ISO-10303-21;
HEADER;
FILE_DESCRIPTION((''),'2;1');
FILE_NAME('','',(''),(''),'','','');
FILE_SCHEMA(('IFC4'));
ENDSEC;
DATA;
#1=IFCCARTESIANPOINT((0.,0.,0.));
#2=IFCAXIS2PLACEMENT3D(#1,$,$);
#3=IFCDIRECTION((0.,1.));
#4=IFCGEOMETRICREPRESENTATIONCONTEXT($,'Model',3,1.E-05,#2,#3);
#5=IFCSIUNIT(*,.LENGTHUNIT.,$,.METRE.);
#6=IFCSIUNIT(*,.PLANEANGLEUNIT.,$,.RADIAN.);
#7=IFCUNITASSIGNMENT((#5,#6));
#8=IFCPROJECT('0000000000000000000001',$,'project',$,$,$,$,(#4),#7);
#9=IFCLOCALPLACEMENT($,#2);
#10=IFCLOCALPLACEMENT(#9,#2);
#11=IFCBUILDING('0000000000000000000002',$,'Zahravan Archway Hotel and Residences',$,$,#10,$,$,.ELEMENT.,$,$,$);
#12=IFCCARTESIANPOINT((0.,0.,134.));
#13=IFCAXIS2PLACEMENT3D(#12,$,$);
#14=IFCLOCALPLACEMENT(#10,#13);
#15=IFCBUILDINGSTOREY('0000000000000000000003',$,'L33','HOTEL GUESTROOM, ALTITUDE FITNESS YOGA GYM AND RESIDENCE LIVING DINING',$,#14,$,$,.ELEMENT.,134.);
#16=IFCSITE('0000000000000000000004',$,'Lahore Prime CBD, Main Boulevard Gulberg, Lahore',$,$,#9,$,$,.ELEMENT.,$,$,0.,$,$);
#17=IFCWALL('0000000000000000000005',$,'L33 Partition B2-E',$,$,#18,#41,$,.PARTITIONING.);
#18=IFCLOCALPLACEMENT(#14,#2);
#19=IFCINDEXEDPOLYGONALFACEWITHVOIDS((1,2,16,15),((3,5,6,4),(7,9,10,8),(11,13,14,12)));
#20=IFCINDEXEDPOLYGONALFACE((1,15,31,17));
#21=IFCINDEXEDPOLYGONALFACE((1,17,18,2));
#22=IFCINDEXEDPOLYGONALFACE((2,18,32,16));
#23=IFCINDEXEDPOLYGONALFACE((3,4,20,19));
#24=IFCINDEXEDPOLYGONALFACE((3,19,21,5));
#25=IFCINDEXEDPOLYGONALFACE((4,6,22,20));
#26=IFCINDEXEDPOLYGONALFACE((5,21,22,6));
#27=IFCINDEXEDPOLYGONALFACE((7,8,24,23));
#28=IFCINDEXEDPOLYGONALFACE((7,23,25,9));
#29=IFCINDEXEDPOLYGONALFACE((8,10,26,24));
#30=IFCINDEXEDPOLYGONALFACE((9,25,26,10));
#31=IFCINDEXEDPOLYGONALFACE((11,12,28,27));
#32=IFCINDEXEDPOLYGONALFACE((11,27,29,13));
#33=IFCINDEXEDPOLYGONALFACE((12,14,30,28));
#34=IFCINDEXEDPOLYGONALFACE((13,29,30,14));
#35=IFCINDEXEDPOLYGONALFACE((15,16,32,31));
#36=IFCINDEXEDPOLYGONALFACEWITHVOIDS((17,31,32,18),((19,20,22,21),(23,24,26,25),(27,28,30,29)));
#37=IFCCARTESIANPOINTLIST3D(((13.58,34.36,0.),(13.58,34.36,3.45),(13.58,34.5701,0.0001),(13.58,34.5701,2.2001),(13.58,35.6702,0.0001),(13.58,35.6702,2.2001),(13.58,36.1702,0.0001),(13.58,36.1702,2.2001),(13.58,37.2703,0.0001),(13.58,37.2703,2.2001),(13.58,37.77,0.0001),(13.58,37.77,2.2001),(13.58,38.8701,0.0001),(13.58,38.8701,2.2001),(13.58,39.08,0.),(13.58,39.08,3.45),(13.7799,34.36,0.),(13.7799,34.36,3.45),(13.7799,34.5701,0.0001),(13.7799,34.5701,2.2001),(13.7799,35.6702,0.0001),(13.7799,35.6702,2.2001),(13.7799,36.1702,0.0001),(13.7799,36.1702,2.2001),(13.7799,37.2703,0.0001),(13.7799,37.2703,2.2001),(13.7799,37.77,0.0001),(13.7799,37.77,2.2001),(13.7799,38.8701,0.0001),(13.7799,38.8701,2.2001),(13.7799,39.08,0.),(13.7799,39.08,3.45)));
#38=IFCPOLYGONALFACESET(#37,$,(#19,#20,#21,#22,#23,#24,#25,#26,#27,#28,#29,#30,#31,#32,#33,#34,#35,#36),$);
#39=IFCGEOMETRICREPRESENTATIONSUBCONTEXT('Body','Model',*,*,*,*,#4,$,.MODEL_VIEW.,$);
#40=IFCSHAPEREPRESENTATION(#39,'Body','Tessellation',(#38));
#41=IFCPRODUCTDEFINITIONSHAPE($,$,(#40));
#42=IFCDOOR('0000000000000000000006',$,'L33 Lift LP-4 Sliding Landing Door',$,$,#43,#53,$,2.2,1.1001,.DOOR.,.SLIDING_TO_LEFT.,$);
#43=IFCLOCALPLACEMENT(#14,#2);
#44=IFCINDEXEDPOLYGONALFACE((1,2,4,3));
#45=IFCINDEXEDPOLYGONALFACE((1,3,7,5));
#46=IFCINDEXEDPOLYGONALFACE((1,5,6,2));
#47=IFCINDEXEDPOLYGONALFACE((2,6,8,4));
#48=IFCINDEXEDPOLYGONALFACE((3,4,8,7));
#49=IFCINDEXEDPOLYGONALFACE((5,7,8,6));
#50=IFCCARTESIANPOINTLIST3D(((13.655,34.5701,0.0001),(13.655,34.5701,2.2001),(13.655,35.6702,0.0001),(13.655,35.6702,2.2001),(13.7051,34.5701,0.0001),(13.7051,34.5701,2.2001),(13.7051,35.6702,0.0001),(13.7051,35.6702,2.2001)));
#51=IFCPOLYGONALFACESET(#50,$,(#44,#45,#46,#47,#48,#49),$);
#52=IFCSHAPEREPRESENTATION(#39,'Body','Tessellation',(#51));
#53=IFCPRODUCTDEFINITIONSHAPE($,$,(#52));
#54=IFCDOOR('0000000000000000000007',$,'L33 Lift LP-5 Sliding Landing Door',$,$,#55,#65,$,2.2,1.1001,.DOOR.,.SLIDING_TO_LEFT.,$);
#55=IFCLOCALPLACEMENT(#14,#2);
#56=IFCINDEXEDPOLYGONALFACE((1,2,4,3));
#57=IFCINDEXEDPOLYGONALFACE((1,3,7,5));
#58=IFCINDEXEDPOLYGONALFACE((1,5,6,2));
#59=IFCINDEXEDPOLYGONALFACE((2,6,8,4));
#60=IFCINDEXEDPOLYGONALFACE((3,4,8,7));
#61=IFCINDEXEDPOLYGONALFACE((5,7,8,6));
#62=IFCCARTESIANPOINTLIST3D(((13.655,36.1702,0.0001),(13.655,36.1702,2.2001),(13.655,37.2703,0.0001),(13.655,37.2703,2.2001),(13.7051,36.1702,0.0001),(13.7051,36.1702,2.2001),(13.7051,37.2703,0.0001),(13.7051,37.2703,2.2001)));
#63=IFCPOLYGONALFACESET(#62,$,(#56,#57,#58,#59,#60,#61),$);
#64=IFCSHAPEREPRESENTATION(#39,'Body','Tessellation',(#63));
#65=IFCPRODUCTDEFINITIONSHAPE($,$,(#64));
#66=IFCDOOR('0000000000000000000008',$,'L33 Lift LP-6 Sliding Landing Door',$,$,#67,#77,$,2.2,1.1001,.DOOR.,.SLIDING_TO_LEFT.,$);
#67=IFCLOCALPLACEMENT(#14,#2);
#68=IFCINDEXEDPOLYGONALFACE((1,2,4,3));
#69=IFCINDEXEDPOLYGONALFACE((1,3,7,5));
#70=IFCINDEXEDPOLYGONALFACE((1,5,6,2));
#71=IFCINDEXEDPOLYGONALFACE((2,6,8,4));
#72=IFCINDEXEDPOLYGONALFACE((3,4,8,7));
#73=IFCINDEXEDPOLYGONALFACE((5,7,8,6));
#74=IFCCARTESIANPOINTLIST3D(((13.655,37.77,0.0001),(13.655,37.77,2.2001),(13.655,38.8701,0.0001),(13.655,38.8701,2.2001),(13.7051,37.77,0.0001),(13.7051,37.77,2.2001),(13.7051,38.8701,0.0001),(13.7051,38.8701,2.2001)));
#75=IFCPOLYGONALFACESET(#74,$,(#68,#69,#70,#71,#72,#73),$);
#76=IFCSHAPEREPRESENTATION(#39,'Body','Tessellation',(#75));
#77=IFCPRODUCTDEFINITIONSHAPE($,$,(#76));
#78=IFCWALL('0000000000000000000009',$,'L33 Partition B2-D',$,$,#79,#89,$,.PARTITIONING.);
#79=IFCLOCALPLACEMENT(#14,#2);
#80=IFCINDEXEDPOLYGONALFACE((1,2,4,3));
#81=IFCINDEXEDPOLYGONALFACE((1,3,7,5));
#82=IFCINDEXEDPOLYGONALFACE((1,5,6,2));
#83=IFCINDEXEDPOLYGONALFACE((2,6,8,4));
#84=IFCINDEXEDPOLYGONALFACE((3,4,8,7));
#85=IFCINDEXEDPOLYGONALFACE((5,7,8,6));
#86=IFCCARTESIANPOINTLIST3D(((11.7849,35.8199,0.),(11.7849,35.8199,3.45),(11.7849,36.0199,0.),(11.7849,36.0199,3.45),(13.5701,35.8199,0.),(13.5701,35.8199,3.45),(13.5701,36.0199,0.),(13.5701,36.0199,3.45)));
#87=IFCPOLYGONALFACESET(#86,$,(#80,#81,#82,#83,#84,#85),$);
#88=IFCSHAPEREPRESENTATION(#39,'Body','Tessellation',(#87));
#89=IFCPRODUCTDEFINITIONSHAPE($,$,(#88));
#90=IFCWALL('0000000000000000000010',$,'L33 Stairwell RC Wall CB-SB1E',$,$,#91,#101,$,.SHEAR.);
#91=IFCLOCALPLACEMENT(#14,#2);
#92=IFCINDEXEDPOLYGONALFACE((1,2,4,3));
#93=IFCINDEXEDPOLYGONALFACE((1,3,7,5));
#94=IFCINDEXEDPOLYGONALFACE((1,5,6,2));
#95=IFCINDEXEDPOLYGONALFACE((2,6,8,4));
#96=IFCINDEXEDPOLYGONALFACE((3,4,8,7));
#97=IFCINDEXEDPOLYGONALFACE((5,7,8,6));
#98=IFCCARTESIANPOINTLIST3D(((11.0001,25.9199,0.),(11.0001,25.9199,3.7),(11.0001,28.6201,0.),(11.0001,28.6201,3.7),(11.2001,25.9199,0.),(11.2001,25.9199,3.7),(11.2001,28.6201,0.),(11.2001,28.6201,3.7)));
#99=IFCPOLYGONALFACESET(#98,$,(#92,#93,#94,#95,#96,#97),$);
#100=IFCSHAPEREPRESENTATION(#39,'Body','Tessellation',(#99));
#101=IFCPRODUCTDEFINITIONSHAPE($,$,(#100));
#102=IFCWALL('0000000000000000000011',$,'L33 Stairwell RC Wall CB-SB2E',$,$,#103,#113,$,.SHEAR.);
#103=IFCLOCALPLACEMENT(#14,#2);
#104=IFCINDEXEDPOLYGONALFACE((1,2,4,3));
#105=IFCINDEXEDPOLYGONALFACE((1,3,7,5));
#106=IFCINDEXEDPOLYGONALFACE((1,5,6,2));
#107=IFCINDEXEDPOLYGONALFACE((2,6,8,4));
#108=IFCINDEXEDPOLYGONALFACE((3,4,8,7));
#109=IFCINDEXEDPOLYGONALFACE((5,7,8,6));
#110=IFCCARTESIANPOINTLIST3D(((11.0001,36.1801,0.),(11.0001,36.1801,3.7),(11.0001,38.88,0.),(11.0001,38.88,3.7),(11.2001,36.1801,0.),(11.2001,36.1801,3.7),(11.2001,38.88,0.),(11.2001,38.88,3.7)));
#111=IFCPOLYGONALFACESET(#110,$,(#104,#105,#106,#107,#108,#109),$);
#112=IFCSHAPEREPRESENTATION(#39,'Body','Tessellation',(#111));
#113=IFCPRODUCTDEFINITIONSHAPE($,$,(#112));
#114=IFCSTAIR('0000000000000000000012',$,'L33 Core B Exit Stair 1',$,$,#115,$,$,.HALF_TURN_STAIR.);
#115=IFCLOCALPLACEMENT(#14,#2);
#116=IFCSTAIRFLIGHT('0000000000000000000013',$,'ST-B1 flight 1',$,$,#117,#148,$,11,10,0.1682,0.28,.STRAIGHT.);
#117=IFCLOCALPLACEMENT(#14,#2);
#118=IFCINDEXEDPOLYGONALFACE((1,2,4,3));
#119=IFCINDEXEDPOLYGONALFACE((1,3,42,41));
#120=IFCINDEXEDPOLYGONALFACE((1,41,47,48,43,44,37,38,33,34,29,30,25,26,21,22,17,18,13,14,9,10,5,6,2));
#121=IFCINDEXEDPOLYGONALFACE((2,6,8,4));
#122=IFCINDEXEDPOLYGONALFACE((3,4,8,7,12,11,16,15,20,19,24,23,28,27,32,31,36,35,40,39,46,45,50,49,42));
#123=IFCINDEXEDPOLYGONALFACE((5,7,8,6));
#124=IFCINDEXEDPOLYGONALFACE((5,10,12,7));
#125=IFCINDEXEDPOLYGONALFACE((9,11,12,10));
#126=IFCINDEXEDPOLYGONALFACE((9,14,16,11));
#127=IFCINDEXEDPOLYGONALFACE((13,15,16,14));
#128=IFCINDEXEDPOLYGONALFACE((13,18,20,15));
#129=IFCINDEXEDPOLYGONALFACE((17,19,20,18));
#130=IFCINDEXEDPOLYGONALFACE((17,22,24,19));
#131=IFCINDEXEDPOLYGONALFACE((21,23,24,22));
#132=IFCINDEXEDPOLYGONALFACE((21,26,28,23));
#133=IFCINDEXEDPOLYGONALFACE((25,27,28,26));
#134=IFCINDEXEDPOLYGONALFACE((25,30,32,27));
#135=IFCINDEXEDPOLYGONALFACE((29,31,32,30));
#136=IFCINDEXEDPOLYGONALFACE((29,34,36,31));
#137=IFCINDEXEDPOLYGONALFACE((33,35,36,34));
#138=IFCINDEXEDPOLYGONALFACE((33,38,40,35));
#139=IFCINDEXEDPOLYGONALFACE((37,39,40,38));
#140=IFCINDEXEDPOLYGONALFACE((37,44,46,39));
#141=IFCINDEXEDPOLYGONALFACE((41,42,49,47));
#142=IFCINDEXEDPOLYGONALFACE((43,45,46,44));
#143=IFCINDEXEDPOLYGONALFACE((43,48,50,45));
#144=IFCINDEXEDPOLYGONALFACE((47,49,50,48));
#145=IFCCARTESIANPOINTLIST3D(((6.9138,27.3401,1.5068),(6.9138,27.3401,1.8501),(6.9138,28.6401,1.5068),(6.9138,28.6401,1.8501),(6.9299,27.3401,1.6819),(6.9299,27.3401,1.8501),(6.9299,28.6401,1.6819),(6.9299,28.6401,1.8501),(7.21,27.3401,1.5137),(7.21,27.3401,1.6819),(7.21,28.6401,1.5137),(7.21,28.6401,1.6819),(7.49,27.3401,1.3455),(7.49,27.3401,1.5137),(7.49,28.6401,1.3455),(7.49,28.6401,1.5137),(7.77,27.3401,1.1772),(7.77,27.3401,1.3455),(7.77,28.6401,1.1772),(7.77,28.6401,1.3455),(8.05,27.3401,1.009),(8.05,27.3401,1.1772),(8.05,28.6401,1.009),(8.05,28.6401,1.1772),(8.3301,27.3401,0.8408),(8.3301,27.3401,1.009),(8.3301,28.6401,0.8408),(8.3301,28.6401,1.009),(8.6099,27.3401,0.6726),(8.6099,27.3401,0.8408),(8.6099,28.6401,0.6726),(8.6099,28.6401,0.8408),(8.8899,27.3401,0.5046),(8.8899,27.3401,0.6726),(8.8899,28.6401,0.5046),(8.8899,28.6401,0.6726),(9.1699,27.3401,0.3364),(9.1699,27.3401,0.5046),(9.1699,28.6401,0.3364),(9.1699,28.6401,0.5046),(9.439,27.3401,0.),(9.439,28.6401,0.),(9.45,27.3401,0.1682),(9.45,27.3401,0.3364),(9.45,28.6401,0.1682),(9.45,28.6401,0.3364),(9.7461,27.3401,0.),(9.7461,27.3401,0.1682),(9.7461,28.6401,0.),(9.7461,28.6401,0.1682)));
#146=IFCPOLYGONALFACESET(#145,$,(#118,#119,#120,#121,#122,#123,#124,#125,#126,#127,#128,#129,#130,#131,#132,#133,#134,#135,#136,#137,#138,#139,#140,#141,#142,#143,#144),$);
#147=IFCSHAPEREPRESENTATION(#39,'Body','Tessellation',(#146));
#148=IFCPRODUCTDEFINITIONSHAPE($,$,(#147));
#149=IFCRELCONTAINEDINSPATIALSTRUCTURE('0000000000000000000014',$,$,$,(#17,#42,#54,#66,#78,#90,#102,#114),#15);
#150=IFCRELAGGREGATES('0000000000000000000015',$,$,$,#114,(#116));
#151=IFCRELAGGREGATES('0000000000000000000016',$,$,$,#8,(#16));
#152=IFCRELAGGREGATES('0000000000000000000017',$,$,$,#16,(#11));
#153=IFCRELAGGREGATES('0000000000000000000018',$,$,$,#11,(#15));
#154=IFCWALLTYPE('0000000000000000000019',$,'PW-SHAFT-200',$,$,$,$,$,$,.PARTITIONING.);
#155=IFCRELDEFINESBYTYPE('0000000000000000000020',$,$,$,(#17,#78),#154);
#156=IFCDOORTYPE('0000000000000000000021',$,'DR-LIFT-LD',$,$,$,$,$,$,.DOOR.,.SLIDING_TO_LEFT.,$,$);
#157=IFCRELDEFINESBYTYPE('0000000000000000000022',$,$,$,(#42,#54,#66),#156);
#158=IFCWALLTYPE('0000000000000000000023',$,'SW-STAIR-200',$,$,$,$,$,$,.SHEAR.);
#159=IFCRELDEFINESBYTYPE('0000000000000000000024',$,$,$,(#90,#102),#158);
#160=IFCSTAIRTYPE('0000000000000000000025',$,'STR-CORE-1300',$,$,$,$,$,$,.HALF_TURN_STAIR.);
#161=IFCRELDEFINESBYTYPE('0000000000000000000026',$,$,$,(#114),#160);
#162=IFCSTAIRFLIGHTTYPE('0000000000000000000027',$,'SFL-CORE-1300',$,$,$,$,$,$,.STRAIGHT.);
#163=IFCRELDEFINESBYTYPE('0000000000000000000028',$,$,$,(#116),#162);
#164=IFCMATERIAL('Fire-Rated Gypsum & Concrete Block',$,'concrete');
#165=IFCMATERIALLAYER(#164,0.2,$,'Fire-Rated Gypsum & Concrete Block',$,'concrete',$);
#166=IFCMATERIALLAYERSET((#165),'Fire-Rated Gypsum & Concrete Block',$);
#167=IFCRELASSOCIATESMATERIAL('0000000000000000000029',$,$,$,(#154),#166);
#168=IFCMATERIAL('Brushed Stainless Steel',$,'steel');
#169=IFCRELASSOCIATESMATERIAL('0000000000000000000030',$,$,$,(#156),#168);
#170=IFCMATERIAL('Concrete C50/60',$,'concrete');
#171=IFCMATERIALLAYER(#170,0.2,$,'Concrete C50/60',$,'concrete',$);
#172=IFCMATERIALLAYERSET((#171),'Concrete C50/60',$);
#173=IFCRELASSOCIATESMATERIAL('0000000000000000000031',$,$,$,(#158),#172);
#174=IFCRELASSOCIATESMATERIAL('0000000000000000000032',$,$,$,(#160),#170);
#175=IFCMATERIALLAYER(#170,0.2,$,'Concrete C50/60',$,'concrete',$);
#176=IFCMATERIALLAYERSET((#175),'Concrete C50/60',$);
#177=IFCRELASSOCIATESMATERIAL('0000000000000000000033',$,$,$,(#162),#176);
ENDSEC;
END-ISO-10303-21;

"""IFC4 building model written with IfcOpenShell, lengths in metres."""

from ifc_helpers import new_model, si_unit, direction, frame, frame_2d, origin, place, context, subcontext, project, spatial, polyline, rectangle, outline, extrude, source, transform, mapped, material, layer, layer_set, type_object, type_shapes, element, fill, aggregate, save


model = new_model("IFC4")

# Units and contexts
model_context = context("Model", 3, precision=1e-05, world=origin(), true_north=direction((0.0, 1.0)))
body_context = subcontext(model_context, "Body", "Model", "MODEL_VIEW")
ifc_project = project(units=[si_unit("LENGTHUNIT", "METRE"), si_unit("PLANEANGLEUNIT", "RADIAN")], contexts=[model_context])

# Site, building, storey
site_placement = place(None, origin())
site = spatial("IfcSite", under=ifc_project, at=site_placement, Name="Lahore Prime CBD, Main Boulevard Gulberg, Lahore", CompositionType="ELEMENT", RefElevation=0.0)
building_placement = place(site_placement, origin())
building = spatial("IfcBuilding", under=site, at=building_placement, Name="Zahravan Archway Hotel and Residences", CompositionType="ELEMENT")
storey_placement = place(building_placement, frame((0.0, 0.0, 134.0)))
storey = spatial("IfcBuildingStorey", under=building, at=storey_placement, Name="L33", Description="HOTEL GUESTROOM, ALTITUDE FITNESS YOGA GYM AND RESIDENCE LIVING DINING", CompositionType="ELEMENT", Elevation=134.0)

# Shared definitions
ifc_material_1 = material(Name="Fire-Rated Gypsum & Concrete Block", Category="concrete")
ifc_layer_1 = layer(ifc_material_1, 0.2, Name="Fire-Rated Gypsum & Concrete Block", Category="concrete")
ifc_layer_set_1 = layer_set([ifc_layer_1], Name="Fire-Rated Gypsum & Concrete Block")
wall_type_1 = type_object("IfcWallType", Name="PW-SHAFT-200", PredefinedType="PARTITIONING", material=ifc_layer_set_1)

# Wall, openings, doors
wall_1_placement = place(storey_placement, frame((13.6799, 34.3601, 0.0), z_axis=(0.0, 0.0, 1.0), x_axis=(0.0, 1.0, 0.0)))
wall_1 = element("IfcWall", 1, at=wall_1_placement, inside=storey, type_object=wall_type_1, Name="L33 Partition B2-E", PredefinedType="PARTITIONING", context=body_context, shape_type="SweptSolid", body=[
    extrude(rectangle(XDim=4.72, YDim=0.2, at=frame_2d((2.3599, 0.0))), origin(), (0.0, 0.0, 1.0), 3.45),
])
opening_1_placement = place(wall_1_placement, frame((0.21, 0.0, 0.0)))
opening_1 = element("IfcOpeningElement", 2, at=opening_1_placement, cuts=wall_1, PredefinedType="OPENING", context=body_context, shape_type="SweptSolid", body=[
    extrude(rectangle(XDim=1.1001, YDim=2.2, at=frame_2d((0.55, 1.1001))), frame((0.0, 0.1099, 0.0), z_axis=(0.0, -1.0, 0.0), x_axis=(1.0, 0.0, 0.0)), (0.0, 0.0, 1.0), 0.22),
])
opening_2_placement = place(wall_1_placement, frame((1.8101, 0.0, 0.0)))
opening_2 = element("IfcOpeningElement", 3, at=opening_2_placement, cuts=wall_1, PredefinedType="OPENING", context=body_context, shape_type="SweptSolid", body=[
    extrude(rectangle(XDim=1.1001, YDim=2.2, at=frame_2d((0.55, 1.1001))), frame((0.0, 0.1099, 0.0), z_axis=(0.0, -1.0, 0.0), x_axis=(1.0, 0.0, 0.0)), (0.0, 0.0, 1.0), 0.22),
])
opening_3_placement = place(wall_1_placement, frame((3.4099, 0.0, 0.0)))
opening_3 = element("IfcOpeningElement", 4, at=opening_3_placement, cuts=wall_1, PredefinedType="OPENING", context=body_context, shape_type="SweptSolid", body=[
    extrude(rectangle(XDim=1.1001, YDim=2.2, at=frame_2d((0.55, 1.1001))), frame((0.0, 0.1099, 0.0), z_axis=(0.0, -1.0, 0.0), x_axis=(1.0, 0.0, 0.0)), (0.0, 0.0, 1.0), 0.22),
])
ifc_material_2 = material(Name="Brushed Stainless Steel", Category="steel")
door_type_1 = type_object("IfcDoorType", Name="DR-LIFT-LD", OperationType="SLIDING_TO_LEFT", PredefinedType="DOOR", material=ifc_material_2)
shared_shape_1 = source(origin(), body_context, "Body", "SweptSolid", [
    extrude(rectangle(XDim=1.1001, YDim=2.2, at=frame_2d((0.55, 1.1001))), frame((0.0, 0.0249, 0.0), z_axis=(0.0, -1.0, 0.0), x_axis=(1.0, 0.0, 0.0)), (0.0, 0.0, 1.0), 0.05),
])
type_shapes(door_type_1, [shared_shape_1])
door_1_placement = place(opening_1_placement, origin())
door_1 = element("IfcDoor", 5, at=door_1_placement, inside=storey, type_object=door_type_1, Name="L33 Lift LP-4 Sliding Landing Door", OperationType="SLIDING_TO_LEFT", OverallHeight=2.2, OverallWidth=1.1001, PredefinedType="DOOR", context=body_context, shape_type="MappedRepresentation", body=[
    mapped(shared_shape_1, transform((0.0, 0.0, 0.0), scale=1.0)),
])
fill(opening_1, door_1)
door_2_placement = place(opening_2_placement, origin())
door_2 = element("IfcDoor", 6, at=door_2_placement, inside=storey, type_object=door_type_1, Name="L33 Lift LP-5 Sliding Landing Door", OperationType="SLIDING_TO_LEFT", OverallHeight=2.2, OverallWidth=1.1001, PredefinedType="DOOR", context=body_context, shape_type="MappedRepresentation", body=[
    mapped(shared_shape_1, transform((0.0, 0.0, 0.0), scale=1.0)),
])
fill(opening_2, door_2)
door_3_placement = place(opening_3_placement, origin())
door_3 = element("IfcDoor", 7, at=door_3_placement, inside=storey, type_object=door_type_1, Name="L33 Lift LP-6 Sliding Landing Door", OperationType="SLIDING_TO_LEFT", OverallHeight=2.2, OverallWidth=1.1001, PredefinedType="DOOR", context=body_context, shape_type="MappedRepresentation", body=[
    mapped(shared_shape_1, transform((0.0, 0.0, 0.0), scale=1.0)),
])
fill(opening_3, door_3)

# Wall
wall_2_placement = place(storey_placement, frame((11.7849, 35.9199, 0.0), z_axis=(0.0, 0.0, 1.0), x_axis=(1.0, 0.0, 0.0)))
element("IfcWall", 8, at=wall_2_placement, inside=storey, type_object=wall_type_1, Name="L33 Partition B2-D", PredefinedType="PARTITIONING", context=body_context, shape_type="SweptSolid", body=[
    extrude(rectangle(XDim=1.7852, YDim=0.2, at=frame_2d((0.8926, 0.0))), origin(), (0.0, 0.0, 1.0), 3.45),
])

# Walls
ifc_material_3 = material(Name="Concrete C50/60", Category="concrete")
ifc_layer_2 = layer(ifc_material_3, 0.2, Name="Concrete C50/60", Category="concrete")
ifc_layer_set_2 = layer_set([ifc_layer_2], Name="Concrete C50/60")
wall_type_2 = type_object("IfcWallType", Name="SW-STAIR-200", PredefinedType="SHEAR", material=ifc_layer_set_2)
wall_3_placement = place(storey_placement, frame((11.1001, 25.9199, 0.0), z_axis=(0.0, 0.0, 1.0), x_axis=(0.0, 1.0, 0.0)))
element("IfcWall", 9, at=wall_3_placement, inside=storey, type_object=wall_type_2, Name="L33 Stairwell RC Wall CB-SB1E", PredefinedType="SHEAR", context=body_context, shape_type="SweptSolid", body=[
    extrude(rectangle(XDim=2.7002, YDim=0.2, at=frame_2d((1.3501, 0.0))), origin(), (0.0, 0.0, 1.0), 3.7),
])
wall_4_placement = place(storey_placement, frame((11.1001, 36.1799, 0.0), z_axis=(0.0, 0.0, 1.0), x_axis=(0.0, 1.0, 0.0)))
element("IfcWall", 10, at=wall_4_placement, inside=storey, type_object=wall_type_2, Name="L33 Stairwell RC Wall CB-SB2E", PredefinedType="SHEAR", context=body_context, shape_type="SweptSolid", body=[
    extrude(rectangle(XDim=2.7, YDim=0.2, at=frame_2d((1.3501, 0.0))), origin(), (0.0, 0.0, 1.0), 3.7),
])

# Stair, stair flight
stair_type = type_object("IfcStairType", Name="STR-CORE-1300", PredefinedType="HALF_TURN_STAIR", material=ifc_material_3)
stair_placement = place(storey_placement, origin())
stair = element("IfcStair", 11, at=stair_placement, inside=storey, type_object=stair_type, Name="L33 Core B Exit Stair 1", PredefinedType="HALF_TURN_STAIR")
ifc_layer_3 = layer(ifc_material_3, 0.2, Name="Concrete C50/60", Category="concrete")
ifc_layer_set_3 = layer_set([ifc_layer_3], Name="Concrete C50/60")
stair_flight_type = type_object("IfcStairFlightType", Name="SFL-CORE-1300", PredefinedType="STRAIGHT", material=ifc_layer_set_3)
shared_shape_2 = source(origin(), body_context, "Body", "SweptSolid", [
    extrude(outline(polyline([(-0.0161, 0.0), (-0.0161, 0.1682), (0.28, 0.1682), (0.28, 0.3364), (0.5601, 0.3364), (0.5601, 0.5046), (0.8401, 0.5046), (0.8401, 0.6726), (1.1201, 0.6726), (1.1201, 0.8408), (1.3999, 0.8408), (1.3999, 1.009), (1.6799, 1.009), (1.6799, 1.1772), (1.96, 1.1772), (1.96, 1.3455), (2.24, 1.3455), (2.24, 1.5137), (2.52, 1.5137), (2.52, 1.6819), (2.8, 1.6819), (2.8, 1.8501), (2.8162, 1.8501), (2.8162, 1.5068), (0.291, 0.0), (-0.0161, 0.0)])), frame((0.0, 0.6499, 0.0), z_axis=(0.0, -1.0, 0.0), x_axis=(1.0, 0.0, 0.0)), (0.0, 0.0, 1.0), 1.3),
])
stair_flight_placement = place(storey_placement, frame((9.73, 27.99, 0.0), z_axis=(0.0, 0.0, 1.0), x_axis=(-1.0, 0.0, 0.0)))
stair_flight = element("IfcStairFlight", 12, at=stair_flight_placement, type_object=stair_flight_type, Name="ST-B1 flight 1", NumberOfRisers=11, NumberOfTreads=10, PredefinedType="STRAIGHT", RiserHeight=0.1682, TreadLength=0.28, context=body_context, shape_type="MappedRepresentation", body=[
    mapped(shared_shape_2, transform((0.0, 0.0, 0.0), scale=1.0)),
])
aggregate(stair, [stair_flight])

save(model, "model.ifc")
